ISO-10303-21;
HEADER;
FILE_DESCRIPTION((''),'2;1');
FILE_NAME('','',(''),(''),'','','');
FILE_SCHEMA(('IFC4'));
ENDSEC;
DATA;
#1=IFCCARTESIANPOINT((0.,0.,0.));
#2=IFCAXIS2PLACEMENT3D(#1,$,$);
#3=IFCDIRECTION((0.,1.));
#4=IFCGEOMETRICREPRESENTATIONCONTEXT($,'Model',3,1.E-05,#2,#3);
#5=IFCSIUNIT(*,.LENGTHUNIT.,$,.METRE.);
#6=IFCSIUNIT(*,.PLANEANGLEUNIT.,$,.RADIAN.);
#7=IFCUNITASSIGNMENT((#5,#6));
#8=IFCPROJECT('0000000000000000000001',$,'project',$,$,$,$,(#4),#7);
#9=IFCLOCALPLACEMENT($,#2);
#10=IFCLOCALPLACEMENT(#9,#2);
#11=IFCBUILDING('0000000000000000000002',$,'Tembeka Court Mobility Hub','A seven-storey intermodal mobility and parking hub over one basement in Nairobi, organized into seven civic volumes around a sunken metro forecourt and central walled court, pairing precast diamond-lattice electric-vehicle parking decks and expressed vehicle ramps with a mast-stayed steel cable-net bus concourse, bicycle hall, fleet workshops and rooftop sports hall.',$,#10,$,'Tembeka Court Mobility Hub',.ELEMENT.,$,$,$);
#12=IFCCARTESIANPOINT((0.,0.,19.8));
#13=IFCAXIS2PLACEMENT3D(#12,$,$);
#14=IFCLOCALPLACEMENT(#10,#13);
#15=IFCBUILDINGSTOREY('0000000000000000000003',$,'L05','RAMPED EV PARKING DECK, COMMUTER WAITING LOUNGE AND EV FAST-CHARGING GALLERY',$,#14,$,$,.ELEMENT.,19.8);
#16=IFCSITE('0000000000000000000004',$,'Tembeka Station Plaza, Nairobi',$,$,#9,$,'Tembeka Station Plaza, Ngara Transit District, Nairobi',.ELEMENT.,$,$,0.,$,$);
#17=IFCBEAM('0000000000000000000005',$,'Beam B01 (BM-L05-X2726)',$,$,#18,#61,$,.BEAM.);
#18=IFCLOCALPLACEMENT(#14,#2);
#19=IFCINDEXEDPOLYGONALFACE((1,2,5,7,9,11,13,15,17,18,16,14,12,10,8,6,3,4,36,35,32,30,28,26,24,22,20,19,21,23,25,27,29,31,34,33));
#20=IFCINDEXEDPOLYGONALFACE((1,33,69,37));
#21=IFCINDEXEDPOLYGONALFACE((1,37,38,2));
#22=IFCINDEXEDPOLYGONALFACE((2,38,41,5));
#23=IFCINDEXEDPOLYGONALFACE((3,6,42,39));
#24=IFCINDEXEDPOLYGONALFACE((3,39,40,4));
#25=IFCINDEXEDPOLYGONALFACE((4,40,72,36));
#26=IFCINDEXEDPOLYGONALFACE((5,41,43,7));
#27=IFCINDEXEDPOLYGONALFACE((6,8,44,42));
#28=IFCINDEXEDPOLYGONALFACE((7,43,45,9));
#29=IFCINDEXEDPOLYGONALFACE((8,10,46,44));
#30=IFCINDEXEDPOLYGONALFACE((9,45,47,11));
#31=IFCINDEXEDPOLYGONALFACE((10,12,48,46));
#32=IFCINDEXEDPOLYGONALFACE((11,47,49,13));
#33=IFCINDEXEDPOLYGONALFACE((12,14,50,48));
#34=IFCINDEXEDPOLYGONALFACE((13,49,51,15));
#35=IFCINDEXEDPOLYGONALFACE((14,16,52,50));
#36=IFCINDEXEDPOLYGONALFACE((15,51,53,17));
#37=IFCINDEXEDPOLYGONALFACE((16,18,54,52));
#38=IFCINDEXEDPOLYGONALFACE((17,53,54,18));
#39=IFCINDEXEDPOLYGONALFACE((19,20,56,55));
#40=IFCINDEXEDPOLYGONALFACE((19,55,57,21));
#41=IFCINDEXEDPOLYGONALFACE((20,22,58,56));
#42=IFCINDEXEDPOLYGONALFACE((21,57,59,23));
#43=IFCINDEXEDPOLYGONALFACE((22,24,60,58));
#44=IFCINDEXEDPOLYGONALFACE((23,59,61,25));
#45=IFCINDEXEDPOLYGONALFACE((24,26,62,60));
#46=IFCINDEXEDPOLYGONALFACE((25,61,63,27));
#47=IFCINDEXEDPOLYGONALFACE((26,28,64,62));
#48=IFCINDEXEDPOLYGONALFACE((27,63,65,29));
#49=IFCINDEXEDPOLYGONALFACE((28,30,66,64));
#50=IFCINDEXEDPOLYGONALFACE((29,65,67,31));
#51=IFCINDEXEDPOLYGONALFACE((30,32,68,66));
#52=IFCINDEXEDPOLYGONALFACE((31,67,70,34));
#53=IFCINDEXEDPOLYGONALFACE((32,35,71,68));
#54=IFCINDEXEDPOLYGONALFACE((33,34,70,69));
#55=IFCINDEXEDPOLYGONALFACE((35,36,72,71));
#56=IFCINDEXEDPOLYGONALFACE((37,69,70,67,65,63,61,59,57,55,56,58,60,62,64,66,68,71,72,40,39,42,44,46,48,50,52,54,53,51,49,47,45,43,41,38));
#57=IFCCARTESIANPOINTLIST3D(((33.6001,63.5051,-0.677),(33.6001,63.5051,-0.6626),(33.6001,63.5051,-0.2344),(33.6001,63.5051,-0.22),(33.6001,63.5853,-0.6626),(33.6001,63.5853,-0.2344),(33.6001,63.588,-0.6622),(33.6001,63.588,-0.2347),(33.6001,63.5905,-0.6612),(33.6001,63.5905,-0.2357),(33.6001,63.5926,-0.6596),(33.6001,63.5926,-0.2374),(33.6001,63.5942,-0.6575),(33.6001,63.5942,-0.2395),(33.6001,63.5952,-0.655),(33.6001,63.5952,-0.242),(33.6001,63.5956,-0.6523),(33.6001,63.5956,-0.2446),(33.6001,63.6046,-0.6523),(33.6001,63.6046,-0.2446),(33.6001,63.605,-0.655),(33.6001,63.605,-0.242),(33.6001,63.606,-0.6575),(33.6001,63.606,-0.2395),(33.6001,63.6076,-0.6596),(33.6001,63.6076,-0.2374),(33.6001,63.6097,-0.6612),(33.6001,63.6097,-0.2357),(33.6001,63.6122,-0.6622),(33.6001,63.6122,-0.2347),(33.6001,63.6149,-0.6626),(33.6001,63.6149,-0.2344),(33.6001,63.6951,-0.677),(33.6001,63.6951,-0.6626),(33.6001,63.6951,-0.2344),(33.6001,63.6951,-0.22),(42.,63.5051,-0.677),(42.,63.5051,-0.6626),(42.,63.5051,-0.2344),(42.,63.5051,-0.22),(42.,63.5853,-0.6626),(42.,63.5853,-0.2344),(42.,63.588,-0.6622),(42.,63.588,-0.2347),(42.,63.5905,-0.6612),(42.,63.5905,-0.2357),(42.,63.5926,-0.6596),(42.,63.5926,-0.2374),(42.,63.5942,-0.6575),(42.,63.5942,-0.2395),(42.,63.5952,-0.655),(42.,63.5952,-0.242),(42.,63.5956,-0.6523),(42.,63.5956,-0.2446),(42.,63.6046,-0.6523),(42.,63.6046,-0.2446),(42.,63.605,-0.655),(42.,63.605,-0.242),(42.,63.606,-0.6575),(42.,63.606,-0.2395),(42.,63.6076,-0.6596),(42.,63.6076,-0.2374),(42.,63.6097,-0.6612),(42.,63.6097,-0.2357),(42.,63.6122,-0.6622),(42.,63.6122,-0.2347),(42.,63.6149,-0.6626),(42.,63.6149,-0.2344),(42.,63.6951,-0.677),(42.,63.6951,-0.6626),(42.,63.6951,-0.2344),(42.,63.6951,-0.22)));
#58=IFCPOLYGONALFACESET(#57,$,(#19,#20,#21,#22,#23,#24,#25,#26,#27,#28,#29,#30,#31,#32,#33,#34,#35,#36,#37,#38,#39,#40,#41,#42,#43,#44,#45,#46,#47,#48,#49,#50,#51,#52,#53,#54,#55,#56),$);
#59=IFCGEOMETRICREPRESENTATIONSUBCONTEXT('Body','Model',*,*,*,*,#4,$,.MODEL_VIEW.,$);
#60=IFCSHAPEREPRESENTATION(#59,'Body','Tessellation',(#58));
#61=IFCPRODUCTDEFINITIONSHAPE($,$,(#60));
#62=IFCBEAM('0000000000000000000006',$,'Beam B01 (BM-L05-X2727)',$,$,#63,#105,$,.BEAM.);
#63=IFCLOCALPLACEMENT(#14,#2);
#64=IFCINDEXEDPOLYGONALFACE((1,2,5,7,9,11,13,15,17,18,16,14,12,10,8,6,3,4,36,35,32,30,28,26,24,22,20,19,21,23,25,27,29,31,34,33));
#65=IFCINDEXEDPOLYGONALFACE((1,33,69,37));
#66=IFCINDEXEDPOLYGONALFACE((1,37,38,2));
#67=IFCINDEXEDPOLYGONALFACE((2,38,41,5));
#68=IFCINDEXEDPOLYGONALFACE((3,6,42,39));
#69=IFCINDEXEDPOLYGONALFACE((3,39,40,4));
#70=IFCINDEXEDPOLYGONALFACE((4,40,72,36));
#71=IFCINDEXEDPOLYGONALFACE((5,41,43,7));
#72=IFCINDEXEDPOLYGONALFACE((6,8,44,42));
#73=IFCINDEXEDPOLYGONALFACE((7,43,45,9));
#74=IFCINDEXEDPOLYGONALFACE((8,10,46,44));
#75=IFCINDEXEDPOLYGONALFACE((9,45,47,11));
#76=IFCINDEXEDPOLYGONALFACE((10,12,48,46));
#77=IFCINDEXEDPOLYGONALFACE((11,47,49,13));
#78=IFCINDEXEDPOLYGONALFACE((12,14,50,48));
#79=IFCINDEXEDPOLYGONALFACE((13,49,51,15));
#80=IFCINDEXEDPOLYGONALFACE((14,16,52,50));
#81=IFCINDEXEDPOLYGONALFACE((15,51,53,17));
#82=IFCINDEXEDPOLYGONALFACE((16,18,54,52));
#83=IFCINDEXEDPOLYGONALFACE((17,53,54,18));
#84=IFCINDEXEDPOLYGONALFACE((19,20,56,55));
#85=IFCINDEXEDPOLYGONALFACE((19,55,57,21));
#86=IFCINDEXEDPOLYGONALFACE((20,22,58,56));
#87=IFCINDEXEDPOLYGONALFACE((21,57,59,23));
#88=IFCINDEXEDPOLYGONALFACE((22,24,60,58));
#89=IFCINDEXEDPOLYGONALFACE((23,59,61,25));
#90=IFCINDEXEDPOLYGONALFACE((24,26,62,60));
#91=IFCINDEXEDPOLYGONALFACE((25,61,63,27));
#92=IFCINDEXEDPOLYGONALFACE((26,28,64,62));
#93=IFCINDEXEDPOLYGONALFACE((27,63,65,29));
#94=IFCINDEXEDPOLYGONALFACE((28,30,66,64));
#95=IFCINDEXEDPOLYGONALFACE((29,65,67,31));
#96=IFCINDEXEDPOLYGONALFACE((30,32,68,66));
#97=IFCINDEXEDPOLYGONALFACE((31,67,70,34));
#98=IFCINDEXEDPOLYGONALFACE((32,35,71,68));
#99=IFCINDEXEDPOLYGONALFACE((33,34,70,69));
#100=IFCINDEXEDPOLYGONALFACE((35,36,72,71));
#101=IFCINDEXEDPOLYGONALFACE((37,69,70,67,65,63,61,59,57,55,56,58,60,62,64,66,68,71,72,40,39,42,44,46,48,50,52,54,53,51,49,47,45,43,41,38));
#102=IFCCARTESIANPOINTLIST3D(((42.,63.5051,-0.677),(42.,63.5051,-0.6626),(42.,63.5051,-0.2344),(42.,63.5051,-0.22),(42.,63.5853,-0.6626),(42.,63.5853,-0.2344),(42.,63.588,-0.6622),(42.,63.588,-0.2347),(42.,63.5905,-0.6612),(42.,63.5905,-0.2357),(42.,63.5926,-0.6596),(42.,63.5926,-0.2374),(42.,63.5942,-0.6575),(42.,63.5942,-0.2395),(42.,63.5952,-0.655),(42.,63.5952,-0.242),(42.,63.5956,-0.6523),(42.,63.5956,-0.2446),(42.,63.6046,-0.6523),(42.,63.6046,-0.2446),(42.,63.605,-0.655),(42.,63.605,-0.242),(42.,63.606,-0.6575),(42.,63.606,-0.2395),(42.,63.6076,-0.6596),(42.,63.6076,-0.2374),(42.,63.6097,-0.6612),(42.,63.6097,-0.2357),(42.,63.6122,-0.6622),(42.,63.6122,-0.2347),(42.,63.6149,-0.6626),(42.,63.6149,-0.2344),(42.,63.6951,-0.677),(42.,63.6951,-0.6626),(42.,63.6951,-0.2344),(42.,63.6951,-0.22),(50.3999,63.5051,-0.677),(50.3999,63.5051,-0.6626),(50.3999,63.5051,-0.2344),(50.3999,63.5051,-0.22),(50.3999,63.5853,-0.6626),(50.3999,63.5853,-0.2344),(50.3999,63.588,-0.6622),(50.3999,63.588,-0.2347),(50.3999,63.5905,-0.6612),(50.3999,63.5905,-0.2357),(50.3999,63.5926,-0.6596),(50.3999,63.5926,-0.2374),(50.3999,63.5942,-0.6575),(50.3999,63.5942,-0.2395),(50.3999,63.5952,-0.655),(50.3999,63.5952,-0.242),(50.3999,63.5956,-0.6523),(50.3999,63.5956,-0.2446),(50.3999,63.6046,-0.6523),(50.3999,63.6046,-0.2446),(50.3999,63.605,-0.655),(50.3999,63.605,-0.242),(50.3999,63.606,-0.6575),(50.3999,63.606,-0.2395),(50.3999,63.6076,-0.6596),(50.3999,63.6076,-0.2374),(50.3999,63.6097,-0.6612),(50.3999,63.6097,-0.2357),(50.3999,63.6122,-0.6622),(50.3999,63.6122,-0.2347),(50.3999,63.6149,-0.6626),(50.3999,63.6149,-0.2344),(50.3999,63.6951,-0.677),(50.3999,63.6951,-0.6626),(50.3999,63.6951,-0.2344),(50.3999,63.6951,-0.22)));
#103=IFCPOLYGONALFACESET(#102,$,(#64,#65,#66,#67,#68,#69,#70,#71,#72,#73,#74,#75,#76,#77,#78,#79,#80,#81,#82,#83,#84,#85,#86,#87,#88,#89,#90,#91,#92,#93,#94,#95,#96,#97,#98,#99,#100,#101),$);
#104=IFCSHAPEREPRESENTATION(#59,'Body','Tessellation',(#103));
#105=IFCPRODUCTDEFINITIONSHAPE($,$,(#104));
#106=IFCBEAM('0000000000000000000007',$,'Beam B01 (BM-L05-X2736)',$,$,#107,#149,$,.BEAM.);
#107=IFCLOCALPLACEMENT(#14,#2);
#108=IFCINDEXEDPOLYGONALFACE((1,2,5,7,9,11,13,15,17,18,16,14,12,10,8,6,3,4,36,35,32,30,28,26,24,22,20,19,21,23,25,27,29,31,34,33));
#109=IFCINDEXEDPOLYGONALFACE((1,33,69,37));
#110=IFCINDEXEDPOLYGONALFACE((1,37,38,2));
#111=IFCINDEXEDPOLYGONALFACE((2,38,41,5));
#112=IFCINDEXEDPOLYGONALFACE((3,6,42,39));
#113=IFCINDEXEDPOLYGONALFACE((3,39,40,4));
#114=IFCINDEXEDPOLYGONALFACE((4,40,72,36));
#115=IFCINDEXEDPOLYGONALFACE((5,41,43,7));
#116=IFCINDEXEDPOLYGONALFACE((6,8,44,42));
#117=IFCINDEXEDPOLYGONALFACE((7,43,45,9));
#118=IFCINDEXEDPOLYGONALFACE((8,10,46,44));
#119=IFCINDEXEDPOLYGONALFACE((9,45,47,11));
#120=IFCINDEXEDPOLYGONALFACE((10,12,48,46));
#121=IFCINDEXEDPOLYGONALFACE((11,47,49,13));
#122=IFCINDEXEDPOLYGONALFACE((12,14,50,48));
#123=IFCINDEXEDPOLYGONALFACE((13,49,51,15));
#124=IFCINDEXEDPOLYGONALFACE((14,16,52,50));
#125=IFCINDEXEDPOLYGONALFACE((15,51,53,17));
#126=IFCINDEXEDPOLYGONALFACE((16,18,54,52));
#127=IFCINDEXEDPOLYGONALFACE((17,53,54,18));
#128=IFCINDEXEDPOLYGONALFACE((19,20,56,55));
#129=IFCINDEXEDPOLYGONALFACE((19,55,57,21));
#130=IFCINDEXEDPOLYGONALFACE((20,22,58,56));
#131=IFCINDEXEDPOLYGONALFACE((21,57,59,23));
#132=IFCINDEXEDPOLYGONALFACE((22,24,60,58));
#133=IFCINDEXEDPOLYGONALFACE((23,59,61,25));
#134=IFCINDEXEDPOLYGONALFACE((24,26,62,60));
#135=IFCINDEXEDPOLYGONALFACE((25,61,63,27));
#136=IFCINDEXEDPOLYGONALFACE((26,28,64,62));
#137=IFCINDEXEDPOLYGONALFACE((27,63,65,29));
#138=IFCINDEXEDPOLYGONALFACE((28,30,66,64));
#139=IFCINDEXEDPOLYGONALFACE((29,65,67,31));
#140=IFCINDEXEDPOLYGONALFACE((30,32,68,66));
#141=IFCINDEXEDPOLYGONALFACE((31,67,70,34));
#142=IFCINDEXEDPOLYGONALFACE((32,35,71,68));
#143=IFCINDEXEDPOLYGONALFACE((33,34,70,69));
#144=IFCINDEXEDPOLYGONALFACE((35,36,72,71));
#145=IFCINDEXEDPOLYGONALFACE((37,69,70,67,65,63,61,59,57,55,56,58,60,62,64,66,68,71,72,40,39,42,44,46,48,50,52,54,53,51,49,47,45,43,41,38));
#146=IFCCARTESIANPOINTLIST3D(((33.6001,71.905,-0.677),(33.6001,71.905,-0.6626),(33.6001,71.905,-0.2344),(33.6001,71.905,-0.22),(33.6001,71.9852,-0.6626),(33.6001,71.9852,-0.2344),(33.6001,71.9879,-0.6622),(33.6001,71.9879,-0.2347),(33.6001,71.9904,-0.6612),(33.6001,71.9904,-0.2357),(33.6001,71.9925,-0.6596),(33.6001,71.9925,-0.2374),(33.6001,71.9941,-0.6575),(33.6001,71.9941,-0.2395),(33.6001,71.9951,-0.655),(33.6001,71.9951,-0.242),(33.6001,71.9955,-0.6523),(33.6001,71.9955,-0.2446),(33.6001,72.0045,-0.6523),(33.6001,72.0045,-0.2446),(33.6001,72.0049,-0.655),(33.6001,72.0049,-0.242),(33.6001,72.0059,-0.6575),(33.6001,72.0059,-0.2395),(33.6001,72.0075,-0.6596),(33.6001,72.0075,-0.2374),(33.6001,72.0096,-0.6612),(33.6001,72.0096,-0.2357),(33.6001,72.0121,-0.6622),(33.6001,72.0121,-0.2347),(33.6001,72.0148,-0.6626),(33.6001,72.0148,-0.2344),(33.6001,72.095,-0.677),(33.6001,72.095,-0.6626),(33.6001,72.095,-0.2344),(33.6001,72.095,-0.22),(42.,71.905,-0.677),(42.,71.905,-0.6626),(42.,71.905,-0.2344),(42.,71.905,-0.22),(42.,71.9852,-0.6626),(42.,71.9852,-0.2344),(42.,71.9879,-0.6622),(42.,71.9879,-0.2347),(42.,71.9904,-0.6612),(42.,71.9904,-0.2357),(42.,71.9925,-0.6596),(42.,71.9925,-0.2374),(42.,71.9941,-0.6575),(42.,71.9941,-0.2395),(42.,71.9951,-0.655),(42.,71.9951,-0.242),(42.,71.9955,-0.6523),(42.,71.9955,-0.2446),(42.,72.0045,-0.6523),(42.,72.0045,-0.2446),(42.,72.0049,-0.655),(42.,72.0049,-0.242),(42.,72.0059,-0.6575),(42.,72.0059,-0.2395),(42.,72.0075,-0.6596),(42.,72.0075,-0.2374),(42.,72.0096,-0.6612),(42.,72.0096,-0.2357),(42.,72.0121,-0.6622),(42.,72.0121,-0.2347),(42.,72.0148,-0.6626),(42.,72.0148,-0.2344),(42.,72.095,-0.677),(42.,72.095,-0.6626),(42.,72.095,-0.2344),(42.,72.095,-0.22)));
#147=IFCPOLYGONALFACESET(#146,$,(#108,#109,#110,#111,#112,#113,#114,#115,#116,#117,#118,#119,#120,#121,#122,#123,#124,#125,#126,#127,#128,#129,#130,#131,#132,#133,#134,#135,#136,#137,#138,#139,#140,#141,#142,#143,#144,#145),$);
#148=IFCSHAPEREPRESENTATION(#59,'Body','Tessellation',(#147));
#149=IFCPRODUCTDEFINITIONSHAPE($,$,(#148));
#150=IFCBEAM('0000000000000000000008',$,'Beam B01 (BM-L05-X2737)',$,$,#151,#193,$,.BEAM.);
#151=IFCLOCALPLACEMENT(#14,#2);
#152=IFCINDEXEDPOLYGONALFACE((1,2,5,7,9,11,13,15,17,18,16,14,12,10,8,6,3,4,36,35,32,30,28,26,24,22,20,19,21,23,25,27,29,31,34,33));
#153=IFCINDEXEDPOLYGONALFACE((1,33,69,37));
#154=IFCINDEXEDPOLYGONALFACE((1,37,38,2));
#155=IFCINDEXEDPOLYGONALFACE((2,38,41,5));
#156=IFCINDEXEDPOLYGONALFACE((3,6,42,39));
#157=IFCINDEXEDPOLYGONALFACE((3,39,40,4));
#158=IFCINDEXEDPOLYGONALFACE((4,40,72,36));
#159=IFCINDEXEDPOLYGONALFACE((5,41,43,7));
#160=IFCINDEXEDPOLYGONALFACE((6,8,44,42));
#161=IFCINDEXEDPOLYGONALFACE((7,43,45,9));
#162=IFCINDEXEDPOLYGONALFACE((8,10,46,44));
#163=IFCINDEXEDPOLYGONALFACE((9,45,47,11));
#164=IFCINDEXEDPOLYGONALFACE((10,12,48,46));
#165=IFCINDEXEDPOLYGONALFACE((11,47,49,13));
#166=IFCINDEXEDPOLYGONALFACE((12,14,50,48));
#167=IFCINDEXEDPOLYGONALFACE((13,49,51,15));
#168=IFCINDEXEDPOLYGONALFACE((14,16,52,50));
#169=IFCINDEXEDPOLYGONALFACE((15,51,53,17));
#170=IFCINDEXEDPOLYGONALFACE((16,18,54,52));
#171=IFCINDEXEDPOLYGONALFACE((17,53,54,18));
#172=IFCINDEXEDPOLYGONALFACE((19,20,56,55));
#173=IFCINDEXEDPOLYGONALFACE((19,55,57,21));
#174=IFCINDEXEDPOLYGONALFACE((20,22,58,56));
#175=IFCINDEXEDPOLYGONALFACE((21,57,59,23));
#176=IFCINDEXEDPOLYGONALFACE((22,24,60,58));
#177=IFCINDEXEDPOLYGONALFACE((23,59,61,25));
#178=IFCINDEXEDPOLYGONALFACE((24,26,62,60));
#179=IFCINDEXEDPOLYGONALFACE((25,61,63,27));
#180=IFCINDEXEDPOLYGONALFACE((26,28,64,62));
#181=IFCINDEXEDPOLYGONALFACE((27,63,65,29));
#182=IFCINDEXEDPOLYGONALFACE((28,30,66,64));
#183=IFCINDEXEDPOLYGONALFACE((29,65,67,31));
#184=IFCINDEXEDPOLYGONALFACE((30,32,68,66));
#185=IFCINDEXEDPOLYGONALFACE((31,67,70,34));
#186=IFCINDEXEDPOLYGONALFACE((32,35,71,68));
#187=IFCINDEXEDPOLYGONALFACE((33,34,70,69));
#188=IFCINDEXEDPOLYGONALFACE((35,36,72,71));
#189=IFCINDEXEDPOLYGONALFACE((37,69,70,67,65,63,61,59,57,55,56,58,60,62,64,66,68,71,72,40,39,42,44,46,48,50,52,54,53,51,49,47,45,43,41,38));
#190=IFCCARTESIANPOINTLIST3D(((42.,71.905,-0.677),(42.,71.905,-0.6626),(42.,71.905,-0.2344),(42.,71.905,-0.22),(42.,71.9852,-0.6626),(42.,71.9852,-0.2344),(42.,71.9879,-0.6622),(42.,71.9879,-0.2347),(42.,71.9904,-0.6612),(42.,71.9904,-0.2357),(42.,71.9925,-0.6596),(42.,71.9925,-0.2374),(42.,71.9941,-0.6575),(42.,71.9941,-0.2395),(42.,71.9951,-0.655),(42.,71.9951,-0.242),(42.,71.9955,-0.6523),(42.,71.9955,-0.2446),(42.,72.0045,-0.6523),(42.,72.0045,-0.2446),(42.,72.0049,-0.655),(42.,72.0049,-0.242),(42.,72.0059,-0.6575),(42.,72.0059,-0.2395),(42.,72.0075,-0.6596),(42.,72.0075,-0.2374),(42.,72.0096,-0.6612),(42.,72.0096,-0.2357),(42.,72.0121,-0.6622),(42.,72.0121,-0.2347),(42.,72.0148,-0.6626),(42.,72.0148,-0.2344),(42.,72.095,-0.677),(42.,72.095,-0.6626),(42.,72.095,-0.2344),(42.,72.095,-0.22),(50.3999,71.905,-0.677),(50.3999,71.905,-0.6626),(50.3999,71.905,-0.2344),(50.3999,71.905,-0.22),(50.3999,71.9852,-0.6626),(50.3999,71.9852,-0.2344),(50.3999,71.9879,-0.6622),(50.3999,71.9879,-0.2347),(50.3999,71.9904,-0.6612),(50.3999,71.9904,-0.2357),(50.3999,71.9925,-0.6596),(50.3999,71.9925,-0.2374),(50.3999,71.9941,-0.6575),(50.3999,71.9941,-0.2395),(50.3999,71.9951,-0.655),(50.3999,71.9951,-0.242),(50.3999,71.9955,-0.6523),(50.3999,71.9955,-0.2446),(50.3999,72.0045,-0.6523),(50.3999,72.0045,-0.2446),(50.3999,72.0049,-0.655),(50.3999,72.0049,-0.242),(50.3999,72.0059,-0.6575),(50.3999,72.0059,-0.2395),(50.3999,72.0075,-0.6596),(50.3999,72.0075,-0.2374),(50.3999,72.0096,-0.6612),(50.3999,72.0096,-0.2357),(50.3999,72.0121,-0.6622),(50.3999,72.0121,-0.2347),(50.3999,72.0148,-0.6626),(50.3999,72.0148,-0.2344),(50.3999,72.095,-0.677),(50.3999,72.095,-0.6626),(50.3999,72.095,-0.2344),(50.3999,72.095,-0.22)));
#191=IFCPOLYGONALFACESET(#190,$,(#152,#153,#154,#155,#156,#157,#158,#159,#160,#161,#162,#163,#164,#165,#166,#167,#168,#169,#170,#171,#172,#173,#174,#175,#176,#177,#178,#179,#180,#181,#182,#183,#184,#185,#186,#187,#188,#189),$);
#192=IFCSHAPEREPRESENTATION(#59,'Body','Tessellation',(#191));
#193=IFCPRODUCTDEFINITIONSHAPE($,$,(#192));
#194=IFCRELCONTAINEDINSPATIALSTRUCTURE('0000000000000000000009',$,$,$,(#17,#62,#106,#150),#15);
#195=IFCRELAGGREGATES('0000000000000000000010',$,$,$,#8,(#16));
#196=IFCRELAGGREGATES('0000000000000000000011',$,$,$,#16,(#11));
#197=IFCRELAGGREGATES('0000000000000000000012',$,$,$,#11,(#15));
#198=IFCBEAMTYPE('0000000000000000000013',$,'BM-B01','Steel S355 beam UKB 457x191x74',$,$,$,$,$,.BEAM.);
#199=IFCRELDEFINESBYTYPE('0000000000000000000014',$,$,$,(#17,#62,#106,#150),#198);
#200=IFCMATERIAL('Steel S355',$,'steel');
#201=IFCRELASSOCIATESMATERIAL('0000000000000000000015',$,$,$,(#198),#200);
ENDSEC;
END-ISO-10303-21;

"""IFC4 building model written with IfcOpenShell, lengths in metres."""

from ifc_helpers import new_model, si_unit, direction, frame, origin, origin_2d, place, context, subcontext, project, spatial, i_section, extrude, material, material_profile, profile_set, type_object, element, save


model = new_model("IFC4")

# Units and contexts
model_context = context("Model", 3, precision=1e-05, world=origin(), true_north=direction((0.0, 1.0)))
body_context = subcontext(model_context, "Body", "Model", "MODEL_VIEW")
ifc_project = project(units=[si_unit("LENGTHUNIT", "METRE"), si_unit("PLANEANGLEUNIT", "RADIAN")], contexts=[model_context])

# Site, building, storey
site_placement = place(None, origin())
site = spatial("IfcSite", under=ifc_project, at=site_placement, Name="Tembeka Station Plaza, Nairobi", LongName="Tembeka Station Plaza, Ngara Transit District, Nairobi", CompositionType="ELEMENT", RefElevation=0.0)
building_placement = place(site_placement, origin())
building = spatial("IfcBuilding", under=site, at=building_placement, Name="Tembeka Court Mobility Hub", Description="A seven-storey intermodal mobility and parking hub over one basement in Nairobi, organized into seven civic volumes around a sunken metro forecourt and central walled court, pairing precast diamond-lattice electric-vehicle parking decks and expressed vehicle ramps with a mast-stayed steel cable-net bus concourse, bicycle hall, fleet workshops and rooftop sports hall.", LongName="Tembeka Court Mobility Hub", CompositionType="ELEMENT")
storey_placement = place(building_placement, frame((0.0, 0.0, 19.8)))
storey = spatial("IfcBuildingStorey", under=building, at=storey_placement, Name="L05", Description="RAMPED EV PARKING DECK, COMMUTER WAITING LOUNGE AND EV FAST-CHARGING GALLERY", CompositionType="ELEMENT", Elevation=19.8)

# Shared definitions
ifc_material_1 = material(Name="Steel S355", Category="steel")

# Beams
ifc_material_profile_1 = material_profile(ifc_material_1, i_section(OverallWidth=0.1899, OverallDepth=0.457, WebThickness=0.009, FlangeThickness=0.0144, FilletRadius=0.0103, at=origin_2d()), Name="UKB 457x191x74")
ifc_profile_set_1 = profile_set([ifc_material_profile_1], Name="Steel S355")
beam_type_1 = type_object("IfcBeamType", Name="BM-B01", Description="Steel S355 beam UKB 457x191x74", PredefinedType="BEAM", material=ifc_profile_set_1)
for number, where, z_axis, x_axis, name in (
    (1, (33.6001, 63.6001, -0.4485), (1.0, 0.0, 0.0), (0.0, 1.0, 0.0), "Beam B01 (BM-L05-X2726)"),
    (2, (42.0, 63.6001, -0.4485), (1.0, 0.0, 0.0), (0.0, 1.0, 0.0), "Beam B01 (BM-L05-X2727)"),
    (3, (33.6001, 72.0, -0.4485), (1.0, 0.0, 0.0), (0.0, 1.0, 0.0), "Beam B01 (BM-L05-X2736)"),
    (4, (42.0, 72.0, -0.4485), (1.0, 0.0, 0.0), (0.0, 1.0, 0.0), "Beam B01 (BM-L05-X2737)"),
):
    element("IfcBeam", number, at=place(storey_placement, frame(where, z_axis=z_axis, x_axis=x_axis)), inside=storey, type_object=beam_type_1, Name=name, PredefinedType="BEAM", context=body_context, shape_type="SweptSolid", body=[
        extrude(i_section(OverallWidth=0.1899, OverallDepth=0.457, WebThickness=0.009, FlangeThickness=0.0144, FilletRadius=0.0103, at=origin_2d()), origin(), (0.0, 0.0, 1.0), 8.3999),
    ])

save(model, "model.ifc")
